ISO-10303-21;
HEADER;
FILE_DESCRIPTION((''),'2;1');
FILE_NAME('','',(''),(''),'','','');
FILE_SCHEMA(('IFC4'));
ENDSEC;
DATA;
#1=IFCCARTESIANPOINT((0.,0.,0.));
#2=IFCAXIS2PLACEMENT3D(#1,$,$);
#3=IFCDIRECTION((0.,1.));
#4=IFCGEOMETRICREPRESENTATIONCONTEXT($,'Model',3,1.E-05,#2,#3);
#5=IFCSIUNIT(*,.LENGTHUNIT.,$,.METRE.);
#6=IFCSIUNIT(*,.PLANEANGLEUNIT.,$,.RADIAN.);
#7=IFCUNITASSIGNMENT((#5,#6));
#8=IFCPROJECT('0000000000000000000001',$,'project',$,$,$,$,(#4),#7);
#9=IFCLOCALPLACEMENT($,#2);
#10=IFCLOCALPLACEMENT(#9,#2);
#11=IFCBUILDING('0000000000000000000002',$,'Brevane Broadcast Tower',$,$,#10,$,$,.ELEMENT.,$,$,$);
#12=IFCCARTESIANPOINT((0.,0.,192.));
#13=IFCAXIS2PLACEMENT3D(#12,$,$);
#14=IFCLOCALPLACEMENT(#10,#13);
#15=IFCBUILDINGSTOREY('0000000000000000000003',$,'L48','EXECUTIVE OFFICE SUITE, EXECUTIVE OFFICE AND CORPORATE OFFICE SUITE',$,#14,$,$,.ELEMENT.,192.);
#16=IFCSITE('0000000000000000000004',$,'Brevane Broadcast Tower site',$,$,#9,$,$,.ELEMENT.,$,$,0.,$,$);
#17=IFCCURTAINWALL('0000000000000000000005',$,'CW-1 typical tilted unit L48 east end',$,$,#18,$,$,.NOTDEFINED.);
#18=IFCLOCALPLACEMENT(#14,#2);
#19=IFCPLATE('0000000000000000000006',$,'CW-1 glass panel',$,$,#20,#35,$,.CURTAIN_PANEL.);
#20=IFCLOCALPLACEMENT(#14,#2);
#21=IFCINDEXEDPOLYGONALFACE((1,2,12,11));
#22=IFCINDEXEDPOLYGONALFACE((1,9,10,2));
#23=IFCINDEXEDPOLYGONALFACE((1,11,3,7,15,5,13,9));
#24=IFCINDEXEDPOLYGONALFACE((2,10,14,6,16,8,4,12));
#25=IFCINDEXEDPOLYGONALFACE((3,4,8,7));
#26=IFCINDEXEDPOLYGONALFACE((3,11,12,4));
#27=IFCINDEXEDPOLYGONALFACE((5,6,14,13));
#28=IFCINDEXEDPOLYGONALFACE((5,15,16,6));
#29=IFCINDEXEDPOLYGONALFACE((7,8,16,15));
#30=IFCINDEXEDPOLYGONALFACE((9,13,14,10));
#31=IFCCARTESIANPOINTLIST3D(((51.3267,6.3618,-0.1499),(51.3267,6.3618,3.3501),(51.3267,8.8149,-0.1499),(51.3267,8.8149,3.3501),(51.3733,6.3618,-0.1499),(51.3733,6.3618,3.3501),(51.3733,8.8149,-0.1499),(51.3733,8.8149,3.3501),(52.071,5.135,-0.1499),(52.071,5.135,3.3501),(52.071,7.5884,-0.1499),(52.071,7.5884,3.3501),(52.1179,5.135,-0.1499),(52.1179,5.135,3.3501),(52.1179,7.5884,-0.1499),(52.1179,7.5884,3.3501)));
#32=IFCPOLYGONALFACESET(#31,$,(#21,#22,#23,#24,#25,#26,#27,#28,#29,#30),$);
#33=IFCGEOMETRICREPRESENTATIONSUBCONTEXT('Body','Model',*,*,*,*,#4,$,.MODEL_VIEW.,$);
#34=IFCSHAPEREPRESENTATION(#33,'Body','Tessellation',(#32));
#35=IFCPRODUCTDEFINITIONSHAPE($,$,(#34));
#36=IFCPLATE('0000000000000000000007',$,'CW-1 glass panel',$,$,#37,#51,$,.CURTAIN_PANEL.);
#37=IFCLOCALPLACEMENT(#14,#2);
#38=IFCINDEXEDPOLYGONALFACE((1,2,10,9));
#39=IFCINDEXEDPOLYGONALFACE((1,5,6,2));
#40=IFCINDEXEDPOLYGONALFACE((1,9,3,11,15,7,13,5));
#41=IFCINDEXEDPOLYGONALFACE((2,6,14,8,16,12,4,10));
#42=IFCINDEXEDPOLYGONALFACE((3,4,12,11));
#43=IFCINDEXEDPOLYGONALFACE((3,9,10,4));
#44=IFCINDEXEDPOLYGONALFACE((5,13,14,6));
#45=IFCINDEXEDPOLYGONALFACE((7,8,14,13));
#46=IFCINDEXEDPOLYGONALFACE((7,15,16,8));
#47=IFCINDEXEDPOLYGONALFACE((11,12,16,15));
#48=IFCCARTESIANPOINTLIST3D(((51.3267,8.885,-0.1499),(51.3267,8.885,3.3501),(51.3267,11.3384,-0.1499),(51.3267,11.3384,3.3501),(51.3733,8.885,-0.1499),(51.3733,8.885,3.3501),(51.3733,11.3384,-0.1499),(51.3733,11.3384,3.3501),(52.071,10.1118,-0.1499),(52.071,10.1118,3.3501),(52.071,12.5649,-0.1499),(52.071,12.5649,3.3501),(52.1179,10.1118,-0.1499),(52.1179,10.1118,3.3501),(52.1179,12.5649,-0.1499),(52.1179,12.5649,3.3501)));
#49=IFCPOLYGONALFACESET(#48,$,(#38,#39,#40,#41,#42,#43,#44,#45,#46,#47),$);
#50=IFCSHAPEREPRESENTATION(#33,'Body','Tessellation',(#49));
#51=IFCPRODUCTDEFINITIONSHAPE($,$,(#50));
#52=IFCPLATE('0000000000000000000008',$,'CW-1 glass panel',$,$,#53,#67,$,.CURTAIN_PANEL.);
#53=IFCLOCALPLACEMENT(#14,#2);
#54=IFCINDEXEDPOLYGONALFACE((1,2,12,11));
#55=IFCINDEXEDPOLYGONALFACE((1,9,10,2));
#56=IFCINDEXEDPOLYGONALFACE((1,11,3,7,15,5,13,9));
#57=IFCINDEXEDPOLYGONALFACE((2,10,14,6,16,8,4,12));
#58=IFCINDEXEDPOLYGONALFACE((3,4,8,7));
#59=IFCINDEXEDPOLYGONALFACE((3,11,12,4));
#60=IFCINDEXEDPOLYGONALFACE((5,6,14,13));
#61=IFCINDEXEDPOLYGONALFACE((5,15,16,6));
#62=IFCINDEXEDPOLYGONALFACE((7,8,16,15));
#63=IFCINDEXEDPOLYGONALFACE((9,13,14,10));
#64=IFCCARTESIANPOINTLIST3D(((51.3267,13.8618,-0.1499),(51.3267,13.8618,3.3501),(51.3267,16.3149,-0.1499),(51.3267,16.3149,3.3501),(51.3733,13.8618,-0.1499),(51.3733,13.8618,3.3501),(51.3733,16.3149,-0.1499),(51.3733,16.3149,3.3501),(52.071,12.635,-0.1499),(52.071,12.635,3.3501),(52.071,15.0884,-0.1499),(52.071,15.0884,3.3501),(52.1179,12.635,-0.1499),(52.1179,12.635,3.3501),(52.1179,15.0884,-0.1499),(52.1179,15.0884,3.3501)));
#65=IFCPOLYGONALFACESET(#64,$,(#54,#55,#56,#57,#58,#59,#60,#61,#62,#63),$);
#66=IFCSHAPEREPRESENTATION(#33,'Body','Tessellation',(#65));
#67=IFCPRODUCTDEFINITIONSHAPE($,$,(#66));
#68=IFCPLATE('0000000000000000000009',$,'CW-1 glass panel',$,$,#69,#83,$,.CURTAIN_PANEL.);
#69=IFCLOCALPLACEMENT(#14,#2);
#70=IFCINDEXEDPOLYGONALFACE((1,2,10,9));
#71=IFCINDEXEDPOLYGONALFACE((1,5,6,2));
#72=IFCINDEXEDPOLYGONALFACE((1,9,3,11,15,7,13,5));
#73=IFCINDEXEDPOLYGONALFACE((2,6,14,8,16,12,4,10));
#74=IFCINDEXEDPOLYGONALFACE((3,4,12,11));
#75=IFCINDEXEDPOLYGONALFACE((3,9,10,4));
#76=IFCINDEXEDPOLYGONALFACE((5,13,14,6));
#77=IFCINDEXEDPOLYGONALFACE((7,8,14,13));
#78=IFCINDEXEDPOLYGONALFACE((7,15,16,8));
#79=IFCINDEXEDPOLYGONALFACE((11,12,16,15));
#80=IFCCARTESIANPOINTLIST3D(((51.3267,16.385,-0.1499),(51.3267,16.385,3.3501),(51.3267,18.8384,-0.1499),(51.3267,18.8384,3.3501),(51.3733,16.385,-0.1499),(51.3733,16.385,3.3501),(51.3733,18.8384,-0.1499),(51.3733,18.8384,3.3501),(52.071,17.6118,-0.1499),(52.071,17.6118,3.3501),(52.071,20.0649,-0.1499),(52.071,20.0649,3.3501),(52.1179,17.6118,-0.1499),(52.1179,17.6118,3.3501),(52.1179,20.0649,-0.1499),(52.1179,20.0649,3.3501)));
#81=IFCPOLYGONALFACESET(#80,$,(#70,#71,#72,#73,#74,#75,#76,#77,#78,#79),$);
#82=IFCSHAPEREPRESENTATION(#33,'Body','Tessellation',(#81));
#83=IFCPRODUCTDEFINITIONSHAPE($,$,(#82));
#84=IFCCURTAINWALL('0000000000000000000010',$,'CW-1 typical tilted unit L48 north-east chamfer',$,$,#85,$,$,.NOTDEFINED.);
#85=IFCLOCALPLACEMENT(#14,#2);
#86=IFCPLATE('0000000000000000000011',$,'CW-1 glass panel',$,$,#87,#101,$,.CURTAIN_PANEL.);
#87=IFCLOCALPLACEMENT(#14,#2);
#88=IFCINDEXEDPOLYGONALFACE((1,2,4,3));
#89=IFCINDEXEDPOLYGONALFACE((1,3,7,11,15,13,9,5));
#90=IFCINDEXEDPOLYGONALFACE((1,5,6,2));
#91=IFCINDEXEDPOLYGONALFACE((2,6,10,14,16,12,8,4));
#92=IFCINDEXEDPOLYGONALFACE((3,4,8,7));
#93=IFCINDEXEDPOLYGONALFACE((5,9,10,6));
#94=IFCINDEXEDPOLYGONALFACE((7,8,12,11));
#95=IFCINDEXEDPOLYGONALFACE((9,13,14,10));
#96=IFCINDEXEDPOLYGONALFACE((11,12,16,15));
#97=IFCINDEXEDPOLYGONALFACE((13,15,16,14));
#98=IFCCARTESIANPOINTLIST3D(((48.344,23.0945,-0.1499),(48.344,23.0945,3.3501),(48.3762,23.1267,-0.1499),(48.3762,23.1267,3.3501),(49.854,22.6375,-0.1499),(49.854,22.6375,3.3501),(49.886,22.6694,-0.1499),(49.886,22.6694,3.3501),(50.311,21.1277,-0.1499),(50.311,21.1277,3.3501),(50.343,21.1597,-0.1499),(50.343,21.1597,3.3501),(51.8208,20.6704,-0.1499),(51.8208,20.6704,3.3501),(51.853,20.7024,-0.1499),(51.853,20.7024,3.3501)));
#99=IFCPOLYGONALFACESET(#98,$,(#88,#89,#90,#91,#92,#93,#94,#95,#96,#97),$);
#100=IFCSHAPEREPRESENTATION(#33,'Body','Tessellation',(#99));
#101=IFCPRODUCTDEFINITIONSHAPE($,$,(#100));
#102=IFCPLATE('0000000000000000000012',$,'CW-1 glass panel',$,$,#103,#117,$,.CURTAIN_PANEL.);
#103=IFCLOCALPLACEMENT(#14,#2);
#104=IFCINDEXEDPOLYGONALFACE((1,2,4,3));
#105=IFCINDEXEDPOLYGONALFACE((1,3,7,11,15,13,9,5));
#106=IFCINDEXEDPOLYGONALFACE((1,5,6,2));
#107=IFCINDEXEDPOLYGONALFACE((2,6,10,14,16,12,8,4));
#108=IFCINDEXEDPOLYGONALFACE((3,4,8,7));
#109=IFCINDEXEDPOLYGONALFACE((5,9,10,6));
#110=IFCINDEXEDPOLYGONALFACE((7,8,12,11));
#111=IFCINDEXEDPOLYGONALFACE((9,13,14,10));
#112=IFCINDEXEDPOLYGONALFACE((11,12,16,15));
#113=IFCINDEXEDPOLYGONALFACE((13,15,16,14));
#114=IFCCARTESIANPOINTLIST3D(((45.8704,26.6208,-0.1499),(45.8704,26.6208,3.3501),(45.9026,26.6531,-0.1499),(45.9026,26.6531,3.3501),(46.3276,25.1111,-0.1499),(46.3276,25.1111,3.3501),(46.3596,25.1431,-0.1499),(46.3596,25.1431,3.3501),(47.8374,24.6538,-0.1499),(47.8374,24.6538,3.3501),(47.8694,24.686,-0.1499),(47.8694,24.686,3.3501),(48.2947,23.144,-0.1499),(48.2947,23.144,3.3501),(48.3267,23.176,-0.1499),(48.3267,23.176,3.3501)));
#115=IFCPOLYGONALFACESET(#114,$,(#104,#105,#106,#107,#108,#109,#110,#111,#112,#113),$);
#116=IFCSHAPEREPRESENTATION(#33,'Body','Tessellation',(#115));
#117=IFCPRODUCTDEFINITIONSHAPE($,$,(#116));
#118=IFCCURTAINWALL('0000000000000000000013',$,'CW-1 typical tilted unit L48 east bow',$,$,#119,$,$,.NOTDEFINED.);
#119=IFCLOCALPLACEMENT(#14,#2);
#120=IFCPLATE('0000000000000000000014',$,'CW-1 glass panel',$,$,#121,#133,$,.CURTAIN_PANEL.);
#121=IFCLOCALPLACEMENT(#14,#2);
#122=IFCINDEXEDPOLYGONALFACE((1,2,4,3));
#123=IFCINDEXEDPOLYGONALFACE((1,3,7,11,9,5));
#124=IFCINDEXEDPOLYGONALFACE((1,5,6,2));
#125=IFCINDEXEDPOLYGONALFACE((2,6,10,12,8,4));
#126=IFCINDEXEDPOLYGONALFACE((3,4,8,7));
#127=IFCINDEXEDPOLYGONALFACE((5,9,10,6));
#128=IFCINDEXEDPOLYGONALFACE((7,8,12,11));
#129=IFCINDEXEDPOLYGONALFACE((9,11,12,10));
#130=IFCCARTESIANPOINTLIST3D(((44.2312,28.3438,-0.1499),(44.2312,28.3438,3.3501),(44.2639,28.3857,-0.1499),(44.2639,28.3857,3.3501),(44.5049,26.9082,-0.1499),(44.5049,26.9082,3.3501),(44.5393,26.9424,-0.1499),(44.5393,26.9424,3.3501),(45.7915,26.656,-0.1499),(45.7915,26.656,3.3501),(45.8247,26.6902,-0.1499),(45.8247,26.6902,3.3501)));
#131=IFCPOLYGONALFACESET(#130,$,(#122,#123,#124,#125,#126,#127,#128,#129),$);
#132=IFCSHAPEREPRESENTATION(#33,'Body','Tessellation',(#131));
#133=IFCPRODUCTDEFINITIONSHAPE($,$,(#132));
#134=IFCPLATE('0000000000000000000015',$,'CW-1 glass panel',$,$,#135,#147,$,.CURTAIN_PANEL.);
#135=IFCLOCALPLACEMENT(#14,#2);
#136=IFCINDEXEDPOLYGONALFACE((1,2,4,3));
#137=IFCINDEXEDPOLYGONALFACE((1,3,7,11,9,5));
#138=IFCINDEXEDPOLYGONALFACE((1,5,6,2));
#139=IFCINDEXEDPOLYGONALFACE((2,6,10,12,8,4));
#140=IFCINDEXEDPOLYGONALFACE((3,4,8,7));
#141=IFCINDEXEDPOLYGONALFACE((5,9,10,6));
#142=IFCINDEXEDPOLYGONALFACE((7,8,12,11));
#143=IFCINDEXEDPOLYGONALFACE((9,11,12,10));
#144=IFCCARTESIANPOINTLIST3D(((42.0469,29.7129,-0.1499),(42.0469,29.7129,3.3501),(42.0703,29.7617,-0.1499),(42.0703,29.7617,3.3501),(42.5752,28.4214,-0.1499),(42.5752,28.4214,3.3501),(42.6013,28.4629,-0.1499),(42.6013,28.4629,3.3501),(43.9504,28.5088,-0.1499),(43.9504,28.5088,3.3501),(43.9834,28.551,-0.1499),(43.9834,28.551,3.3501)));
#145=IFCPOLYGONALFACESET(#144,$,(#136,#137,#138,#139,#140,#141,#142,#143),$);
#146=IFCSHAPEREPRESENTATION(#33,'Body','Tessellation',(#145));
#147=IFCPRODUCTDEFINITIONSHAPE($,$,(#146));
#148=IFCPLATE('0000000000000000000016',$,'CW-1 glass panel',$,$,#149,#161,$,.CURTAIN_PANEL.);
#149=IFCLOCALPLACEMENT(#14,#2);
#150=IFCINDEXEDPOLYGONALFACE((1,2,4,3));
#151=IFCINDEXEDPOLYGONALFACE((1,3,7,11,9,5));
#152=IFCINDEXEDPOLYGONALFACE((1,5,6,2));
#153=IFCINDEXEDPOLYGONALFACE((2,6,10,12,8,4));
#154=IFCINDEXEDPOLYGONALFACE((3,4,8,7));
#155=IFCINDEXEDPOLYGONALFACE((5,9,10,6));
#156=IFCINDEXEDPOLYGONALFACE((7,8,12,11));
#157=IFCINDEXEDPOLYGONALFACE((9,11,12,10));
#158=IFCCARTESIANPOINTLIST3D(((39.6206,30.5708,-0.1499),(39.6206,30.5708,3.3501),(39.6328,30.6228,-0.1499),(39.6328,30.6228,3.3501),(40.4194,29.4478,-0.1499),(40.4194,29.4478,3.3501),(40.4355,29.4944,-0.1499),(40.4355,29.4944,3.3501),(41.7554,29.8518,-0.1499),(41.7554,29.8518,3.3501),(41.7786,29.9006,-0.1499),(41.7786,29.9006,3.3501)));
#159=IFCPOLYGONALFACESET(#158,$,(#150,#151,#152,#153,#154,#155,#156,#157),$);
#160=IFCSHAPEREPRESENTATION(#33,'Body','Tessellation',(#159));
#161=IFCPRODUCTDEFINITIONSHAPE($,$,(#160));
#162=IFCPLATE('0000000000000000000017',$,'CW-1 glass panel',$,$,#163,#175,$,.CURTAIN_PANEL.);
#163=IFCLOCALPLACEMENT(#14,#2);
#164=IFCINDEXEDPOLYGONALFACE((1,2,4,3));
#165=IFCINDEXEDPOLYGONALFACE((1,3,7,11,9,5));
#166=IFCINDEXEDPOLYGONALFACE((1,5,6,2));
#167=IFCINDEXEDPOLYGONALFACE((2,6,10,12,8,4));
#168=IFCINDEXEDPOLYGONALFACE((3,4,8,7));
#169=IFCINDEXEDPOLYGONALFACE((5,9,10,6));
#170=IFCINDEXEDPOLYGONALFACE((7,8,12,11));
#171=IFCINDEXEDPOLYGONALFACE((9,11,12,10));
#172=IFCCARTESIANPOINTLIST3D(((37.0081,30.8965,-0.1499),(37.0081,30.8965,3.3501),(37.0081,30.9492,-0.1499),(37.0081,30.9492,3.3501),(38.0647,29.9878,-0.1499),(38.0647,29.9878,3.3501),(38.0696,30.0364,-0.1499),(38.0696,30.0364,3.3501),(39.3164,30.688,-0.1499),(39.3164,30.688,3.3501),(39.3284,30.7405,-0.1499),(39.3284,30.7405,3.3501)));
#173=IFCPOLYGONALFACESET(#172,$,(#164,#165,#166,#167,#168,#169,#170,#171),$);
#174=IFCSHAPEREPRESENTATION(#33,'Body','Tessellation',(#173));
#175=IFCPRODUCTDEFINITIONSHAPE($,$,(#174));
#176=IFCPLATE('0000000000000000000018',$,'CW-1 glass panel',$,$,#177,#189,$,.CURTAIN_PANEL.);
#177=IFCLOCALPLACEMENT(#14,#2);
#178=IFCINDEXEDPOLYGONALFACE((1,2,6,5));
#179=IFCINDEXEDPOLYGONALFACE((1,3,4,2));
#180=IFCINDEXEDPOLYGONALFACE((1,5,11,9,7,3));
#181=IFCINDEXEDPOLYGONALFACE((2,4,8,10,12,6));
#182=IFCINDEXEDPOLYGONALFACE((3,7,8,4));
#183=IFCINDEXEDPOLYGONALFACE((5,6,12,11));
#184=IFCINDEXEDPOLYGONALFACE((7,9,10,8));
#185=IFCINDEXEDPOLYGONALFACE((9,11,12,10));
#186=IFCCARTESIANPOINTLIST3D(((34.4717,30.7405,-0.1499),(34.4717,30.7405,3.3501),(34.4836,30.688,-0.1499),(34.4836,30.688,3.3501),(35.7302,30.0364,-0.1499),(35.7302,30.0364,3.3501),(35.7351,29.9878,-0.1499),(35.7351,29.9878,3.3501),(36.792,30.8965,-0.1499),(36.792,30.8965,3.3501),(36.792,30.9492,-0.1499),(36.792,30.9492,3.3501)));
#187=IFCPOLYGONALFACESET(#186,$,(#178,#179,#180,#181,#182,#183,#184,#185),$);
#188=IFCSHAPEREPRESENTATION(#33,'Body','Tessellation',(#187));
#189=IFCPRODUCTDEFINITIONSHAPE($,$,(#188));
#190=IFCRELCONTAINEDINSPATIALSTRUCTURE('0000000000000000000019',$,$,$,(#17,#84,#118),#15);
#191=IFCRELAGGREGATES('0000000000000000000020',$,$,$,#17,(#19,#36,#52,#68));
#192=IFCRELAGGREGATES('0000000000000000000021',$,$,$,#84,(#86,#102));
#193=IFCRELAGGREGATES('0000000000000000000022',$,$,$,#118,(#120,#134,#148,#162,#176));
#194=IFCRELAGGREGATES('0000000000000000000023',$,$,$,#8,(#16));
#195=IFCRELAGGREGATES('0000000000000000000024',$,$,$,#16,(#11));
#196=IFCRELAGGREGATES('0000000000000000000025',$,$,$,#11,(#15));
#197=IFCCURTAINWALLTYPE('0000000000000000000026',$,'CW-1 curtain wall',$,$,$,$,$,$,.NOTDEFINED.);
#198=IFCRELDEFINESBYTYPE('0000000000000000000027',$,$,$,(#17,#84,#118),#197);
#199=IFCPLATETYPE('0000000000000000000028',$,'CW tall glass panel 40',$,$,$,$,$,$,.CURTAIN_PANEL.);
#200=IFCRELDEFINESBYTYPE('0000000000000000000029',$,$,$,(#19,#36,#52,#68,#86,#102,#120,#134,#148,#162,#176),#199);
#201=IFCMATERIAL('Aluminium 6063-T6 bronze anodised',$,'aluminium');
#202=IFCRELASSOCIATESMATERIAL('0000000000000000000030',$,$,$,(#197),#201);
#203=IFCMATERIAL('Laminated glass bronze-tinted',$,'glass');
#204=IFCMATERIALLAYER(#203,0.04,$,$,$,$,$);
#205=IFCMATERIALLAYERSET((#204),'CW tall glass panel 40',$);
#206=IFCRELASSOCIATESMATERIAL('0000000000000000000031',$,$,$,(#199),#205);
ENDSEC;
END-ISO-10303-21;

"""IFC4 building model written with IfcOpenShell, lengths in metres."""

from ifc_helpers import new_model, si_unit, direction, frame, origin, place, context, subcontext, project, spatial, polyline, outline, extrude, material, layer, layer_set, type_object, element, aggregate, save


model = new_model("IFC4")

# Units and contexts
model_context = context("Model", 3, precision=1e-05, world=origin(), true_north=direction((0.0, 1.0)))
body_context = subcontext(model_context, "Body", "Model", "MODEL_VIEW")
ifc_project = project(units=[si_unit("LENGTHUNIT", "METRE"), si_unit("PLANEANGLEUNIT", "RADIAN")], contexts=[model_context])

# Site, building, storey
site_placement = place(None, origin())
site = spatial("IfcSite", under=ifc_project, at=site_placement, Name="Brevane Broadcast Tower site", CompositionType="ELEMENT", RefElevation=0.0)
building_placement = place(site_placement, origin())
building = spatial("IfcBuilding", under=site, at=building_placement, Name="Brevane Broadcast Tower", CompositionType="ELEMENT")
storey_placement = place(building_placement, frame((0.0, 0.0, 192.0)))
storey = spatial("IfcBuildingStorey", under=building, at=storey_placement, Name="L48", Description="EXECUTIVE OFFICE SUITE, EXECUTIVE OFFICE AND CORPORATE OFFICE SUITE", CompositionType="ELEMENT", Elevation=192.0)

# Curtain walls, plates
ifc_material_1 = material(Name="Aluminium 6063-T6 bronze anodised", Category="aluminium")
curtain_wall_type = type_object("IfcCurtainWallType", Name="CW-1 curtain wall", PredefinedType="NOTDEFINED", material=ifc_material_1)
ifc_material_2 = material(Name="Laminated glass bronze-tinted", Category="glass")
ifc_layer = layer(ifc_material_2, 0.04)
ifc_layer_set = layer_set([ifc_layer], Name="CW tall glass panel 40")
plate_type = type_object("IfcPlateType", Name="CW tall glass panel 40", PredefinedType="CURTAIN_PANEL", material=ifc_layer_set)
curtain_wall_1_placement = place(storey_placement, origin())
curtain_wall_1 = element("IfcCurtainWall", 1, at=curtain_wall_1_placement, inside=storey, type_object=curtain_wall_type, Name="CW-1 typical tilted unit L48 east end", PredefinedType="NOTDEFINED")
plate_1_placement = place(storey_placement, frame((0.0, 0.0, -0.1499)))
plate_1 = element("IfcPlate", 2, at=plate_1_placement, type_object=plate_type, Name="CW-1 glass panel", PredefinedType="CURTAIN_PANEL", context=body_context, shape_type="SweptSolid", body=[
    extrude(outline(polyline([(52.071, 5.135), (52.1179, 5.135), (51.3733, 6.3618), (52.1179, 7.5884), (51.3733, 8.8149), (51.3267, 8.8149), (52.071, 7.5884), (51.3267, 6.3618), (52.071, 5.135)])), origin(), (0.0, 0.0, 1.0), 3.5),
])
plate_2_placement = place(storey_placement, frame((0.0, 0.0, -0.1499)))
plate_2 = element("IfcPlate", 3, at=plate_2_placement, type_object=plate_type, Name="CW-1 glass panel", PredefinedType="CURTAIN_PANEL", context=body_context, shape_type="SweptSolid", body=[
    extrude(outline(polyline([(51.3267, 8.885), (51.3733, 8.885), (52.1179, 10.1118), (51.3733, 11.3384), (52.1179, 12.5649), (52.071, 12.5649), (51.3267, 11.3384), (52.071, 10.1118), (51.3267, 8.885)])), origin(), (0.0, 0.0, 1.0), 3.5),
])
plate_3_placement = place(storey_placement, frame((0.0, 0.0, -0.1499)))
plate_3 = element("IfcPlate", 4, at=plate_3_placement, type_object=plate_type, Name="CW-1 glass panel", PredefinedType="CURTAIN_PANEL", context=body_context, shape_type="SweptSolid", body=[
    extrude(outline(polyline([(52.071, 12.635), (52.1179, 12.635), (51.3733, 13.8618), (52.1179, 15.0884), (51.3733, 16.3149), (51.3267, 16.3149), (52.071, 15.0884), (51.3267, 13.8618), (52.071, 12.635)])), origin(), (0.0, 0.0, 1.0), 3.5),
])
plate_4_placement = place(storey_placement, frame((0.0, 0.0, -0.1499)))
plate_4 = element("IfcPlate", 5, at=plate_4_placement, type_object=plate_type, Name="CW-1 glass panel", PredefinedType="CURTAIN_PANEL", context=body_context, shape_type="SweptSolid", body=[
    extrude(outline(polyline([(51.3267, 16.385), (51.3733, 16.385), (52.1179, 17.6118), (51.3733, 18.8384), (52.1179, 20.0649), (52.071, 20.0649), (51.3267, 18.8384), (52.071, 17.6118), (51.3267, 16.385)])), origin(), (0.0, 0.0, 1.0), 3.5),
])
aggregate(curtain_wall_1, [plate_1, plate_2, plate_3, plate_4])
curtain_wall_2_placement = place(storey_placement, origin())
curtain_wall_2 = element("IfcCurtainWall", 6, at=curtain_wall_2_placement, inside=storey, type_object=curtain_wall_type, Name="CW-1 typical tilted unit L48 north-east chamfer", PredefinedType="NOTDEFINED")
plate_5_placement = place(storey_placement, frame((0.0, 0.0, -0.1499)))
plate_5 = element("IfcPlate", 7, at=plate_5_placement, type_object=plate_type, Name="CW-1 glass panel", PredefinedType="CURTAIN_PANEL", context=body_context, shape_type="SweptSolid", body=[
    extrude(outline(polyline([(51.8208, 20.6704), (51.853, 20.7024), (50.343, 21.1597), (49.886, 22.6694), (48.3762, 23.1267), (48.344, 23.0945), (49.854, 22.6375), (50.311, 21.1277), (51.8208, 20.6704)])), origin(), (0.0, 0.0, 1.0), 3.5),
])
plate_6_placement = place(storey_placement, frame((0.0, 0.0, -0.1499)))
plate_6 = element("IfcPlate", 8, at=plate_6_placement, type_object=plate_type, Name="CW-1 glass panel", PredefinedType="CURTAIN_PANEL", context=body_context, shape_type="SweptSolid", body=[
    extrude(outline(polyline([(48.2947, 23.144), (48.3267, 23.176), (47.8694, 24.686), (46.3596, 25.1431), (45.9026, 26.6531), (45.8704, 26.6208), (46.3276, 25.1111), (47.8374, 24.6538), (48.2947, 23.144)])), origin(), (0.0, 0.0, 1.0), 3.5),
])
aggregate(curtain_wall_2, [plate_5, plate_6])
curtain_wall_3_placement = place(storey_placement, origin())
curtain_wall_3 = element("IfcCurtainWall", 9, at=curtain_wall_3_placement, inside=storey, type_object=curtain_wall_type, Name="CW-1 typical tilted unit L48 east bow", PredefinedType="NOTDEFINED")
plate_7_placement = place(storey_placement, frame((0.0, 0.0, -0.1499)))
plate_7 = element("IfcPlate", 10, at=plate_7_placement, type_object=plate_type, Name="CW-1 glass panel", PredefinedType="CURTAIN_PANEL", context=body_context, shape_type="SweptSolid", body=[
    extrude(outline(polyline([(45.7915, 26.656), (45.8247, 26.6902), (44.5393, 26.9424), (44.2639, 28.3857), (44.2312, 28.3438), (44.5049, 26.9082), (45.7915, 26.656)])), origin(), (0.0, 0.0, 1.0), 3.5),
])
plate_8_placement = place(storey_placement, frame((0.0, 0.0, -0.1499)))
plate_8 = element("IfcPlate", 11, at=plate_8_placement, type_object=plate_type, Name="CW-1 glass panel", PredefinedType="CURTAIN_PANEL", context=body_context, shape_type="SweptSolid", body=[
    extrude(outline(polyline([(43.9504, 28.5088), (43.9834, 28.551), (42.6013, 28.4629), (42.0703, 29.7617), (42.0469, 29.7129), (42.5752, 28.4214), (43.9504, 28.5088)])), origin(), (0.0, 0.0, 1.0), 3.5),
])
plate_9_placement = place(storey_placement, frame((0.0, 0.0, -0.1499)))
plate_9 = element("IfcPlate", 12, at=plate_9_placement, type_object=plate_type, Name="CW-1 glass panel", PredefinedType="CURTAIN_PANEL", context=body_context, shape_type="SweptSolid", body=[
    extrude(outline(polyline([(41.7554, 29.8518), (41.7786, 29.9006), (40.4355, 29.4944), (39.6328, 30.6228), (39.6206, 30.5708), (40.4194, 29.4478), (41.7554, 29.8518)])), origin(), (0.0, 0.0, 1.0), 3.5),
])
plate_10_placement = place(storey_placement, frame((0.0, 0.0, -0.1499)))
plate_10 = element("IfcPlate", 13, at=plate_10_placement, type_object=plate_type, Name="CW-1 glass panel", PredefinedType="CURTAIN_PANEL", context=body_context, shape_type="SweptSolid", body=[
    extrude(outline(polyline([(39.3164, 30.688), (39.3284, 30.7405), (38.0696, 30.0364), (37.0081, 30.9492), (37.0081, 30.8965), (38.0647, 29.9878), (39.3164, 30.688)])), origin(), (0.0, 0.0, 1.0), 3.5),
])
plate_11_placement = place(storey_placement, frame((0.0, 0.0, -0.1499)))
plate_11 = element("IfcPlate", 14, at=plate_11_placement, type_object=plate_type, Name="CW-1 glass panel", PredefinedType="CURTAIN_PANEL", context=body_context, shape_type="SweptSolid", body=[
    extrude(outline(polyline([(36.792, 30.8965), (36.792, 30.9492), (35.7302, 30.0364), (34.4717, 30.7405), (34.4836, 30.688), (35.7351, 29.9878), (36.792, 30.8965)])), origin(), (0.0, 0.0, 1.0), 3.5),
])
aggregate(curtain_wall_3, [plate_7, plate_8, plate_9, plate_10, plate_11])

save(model, "model.ifc")
